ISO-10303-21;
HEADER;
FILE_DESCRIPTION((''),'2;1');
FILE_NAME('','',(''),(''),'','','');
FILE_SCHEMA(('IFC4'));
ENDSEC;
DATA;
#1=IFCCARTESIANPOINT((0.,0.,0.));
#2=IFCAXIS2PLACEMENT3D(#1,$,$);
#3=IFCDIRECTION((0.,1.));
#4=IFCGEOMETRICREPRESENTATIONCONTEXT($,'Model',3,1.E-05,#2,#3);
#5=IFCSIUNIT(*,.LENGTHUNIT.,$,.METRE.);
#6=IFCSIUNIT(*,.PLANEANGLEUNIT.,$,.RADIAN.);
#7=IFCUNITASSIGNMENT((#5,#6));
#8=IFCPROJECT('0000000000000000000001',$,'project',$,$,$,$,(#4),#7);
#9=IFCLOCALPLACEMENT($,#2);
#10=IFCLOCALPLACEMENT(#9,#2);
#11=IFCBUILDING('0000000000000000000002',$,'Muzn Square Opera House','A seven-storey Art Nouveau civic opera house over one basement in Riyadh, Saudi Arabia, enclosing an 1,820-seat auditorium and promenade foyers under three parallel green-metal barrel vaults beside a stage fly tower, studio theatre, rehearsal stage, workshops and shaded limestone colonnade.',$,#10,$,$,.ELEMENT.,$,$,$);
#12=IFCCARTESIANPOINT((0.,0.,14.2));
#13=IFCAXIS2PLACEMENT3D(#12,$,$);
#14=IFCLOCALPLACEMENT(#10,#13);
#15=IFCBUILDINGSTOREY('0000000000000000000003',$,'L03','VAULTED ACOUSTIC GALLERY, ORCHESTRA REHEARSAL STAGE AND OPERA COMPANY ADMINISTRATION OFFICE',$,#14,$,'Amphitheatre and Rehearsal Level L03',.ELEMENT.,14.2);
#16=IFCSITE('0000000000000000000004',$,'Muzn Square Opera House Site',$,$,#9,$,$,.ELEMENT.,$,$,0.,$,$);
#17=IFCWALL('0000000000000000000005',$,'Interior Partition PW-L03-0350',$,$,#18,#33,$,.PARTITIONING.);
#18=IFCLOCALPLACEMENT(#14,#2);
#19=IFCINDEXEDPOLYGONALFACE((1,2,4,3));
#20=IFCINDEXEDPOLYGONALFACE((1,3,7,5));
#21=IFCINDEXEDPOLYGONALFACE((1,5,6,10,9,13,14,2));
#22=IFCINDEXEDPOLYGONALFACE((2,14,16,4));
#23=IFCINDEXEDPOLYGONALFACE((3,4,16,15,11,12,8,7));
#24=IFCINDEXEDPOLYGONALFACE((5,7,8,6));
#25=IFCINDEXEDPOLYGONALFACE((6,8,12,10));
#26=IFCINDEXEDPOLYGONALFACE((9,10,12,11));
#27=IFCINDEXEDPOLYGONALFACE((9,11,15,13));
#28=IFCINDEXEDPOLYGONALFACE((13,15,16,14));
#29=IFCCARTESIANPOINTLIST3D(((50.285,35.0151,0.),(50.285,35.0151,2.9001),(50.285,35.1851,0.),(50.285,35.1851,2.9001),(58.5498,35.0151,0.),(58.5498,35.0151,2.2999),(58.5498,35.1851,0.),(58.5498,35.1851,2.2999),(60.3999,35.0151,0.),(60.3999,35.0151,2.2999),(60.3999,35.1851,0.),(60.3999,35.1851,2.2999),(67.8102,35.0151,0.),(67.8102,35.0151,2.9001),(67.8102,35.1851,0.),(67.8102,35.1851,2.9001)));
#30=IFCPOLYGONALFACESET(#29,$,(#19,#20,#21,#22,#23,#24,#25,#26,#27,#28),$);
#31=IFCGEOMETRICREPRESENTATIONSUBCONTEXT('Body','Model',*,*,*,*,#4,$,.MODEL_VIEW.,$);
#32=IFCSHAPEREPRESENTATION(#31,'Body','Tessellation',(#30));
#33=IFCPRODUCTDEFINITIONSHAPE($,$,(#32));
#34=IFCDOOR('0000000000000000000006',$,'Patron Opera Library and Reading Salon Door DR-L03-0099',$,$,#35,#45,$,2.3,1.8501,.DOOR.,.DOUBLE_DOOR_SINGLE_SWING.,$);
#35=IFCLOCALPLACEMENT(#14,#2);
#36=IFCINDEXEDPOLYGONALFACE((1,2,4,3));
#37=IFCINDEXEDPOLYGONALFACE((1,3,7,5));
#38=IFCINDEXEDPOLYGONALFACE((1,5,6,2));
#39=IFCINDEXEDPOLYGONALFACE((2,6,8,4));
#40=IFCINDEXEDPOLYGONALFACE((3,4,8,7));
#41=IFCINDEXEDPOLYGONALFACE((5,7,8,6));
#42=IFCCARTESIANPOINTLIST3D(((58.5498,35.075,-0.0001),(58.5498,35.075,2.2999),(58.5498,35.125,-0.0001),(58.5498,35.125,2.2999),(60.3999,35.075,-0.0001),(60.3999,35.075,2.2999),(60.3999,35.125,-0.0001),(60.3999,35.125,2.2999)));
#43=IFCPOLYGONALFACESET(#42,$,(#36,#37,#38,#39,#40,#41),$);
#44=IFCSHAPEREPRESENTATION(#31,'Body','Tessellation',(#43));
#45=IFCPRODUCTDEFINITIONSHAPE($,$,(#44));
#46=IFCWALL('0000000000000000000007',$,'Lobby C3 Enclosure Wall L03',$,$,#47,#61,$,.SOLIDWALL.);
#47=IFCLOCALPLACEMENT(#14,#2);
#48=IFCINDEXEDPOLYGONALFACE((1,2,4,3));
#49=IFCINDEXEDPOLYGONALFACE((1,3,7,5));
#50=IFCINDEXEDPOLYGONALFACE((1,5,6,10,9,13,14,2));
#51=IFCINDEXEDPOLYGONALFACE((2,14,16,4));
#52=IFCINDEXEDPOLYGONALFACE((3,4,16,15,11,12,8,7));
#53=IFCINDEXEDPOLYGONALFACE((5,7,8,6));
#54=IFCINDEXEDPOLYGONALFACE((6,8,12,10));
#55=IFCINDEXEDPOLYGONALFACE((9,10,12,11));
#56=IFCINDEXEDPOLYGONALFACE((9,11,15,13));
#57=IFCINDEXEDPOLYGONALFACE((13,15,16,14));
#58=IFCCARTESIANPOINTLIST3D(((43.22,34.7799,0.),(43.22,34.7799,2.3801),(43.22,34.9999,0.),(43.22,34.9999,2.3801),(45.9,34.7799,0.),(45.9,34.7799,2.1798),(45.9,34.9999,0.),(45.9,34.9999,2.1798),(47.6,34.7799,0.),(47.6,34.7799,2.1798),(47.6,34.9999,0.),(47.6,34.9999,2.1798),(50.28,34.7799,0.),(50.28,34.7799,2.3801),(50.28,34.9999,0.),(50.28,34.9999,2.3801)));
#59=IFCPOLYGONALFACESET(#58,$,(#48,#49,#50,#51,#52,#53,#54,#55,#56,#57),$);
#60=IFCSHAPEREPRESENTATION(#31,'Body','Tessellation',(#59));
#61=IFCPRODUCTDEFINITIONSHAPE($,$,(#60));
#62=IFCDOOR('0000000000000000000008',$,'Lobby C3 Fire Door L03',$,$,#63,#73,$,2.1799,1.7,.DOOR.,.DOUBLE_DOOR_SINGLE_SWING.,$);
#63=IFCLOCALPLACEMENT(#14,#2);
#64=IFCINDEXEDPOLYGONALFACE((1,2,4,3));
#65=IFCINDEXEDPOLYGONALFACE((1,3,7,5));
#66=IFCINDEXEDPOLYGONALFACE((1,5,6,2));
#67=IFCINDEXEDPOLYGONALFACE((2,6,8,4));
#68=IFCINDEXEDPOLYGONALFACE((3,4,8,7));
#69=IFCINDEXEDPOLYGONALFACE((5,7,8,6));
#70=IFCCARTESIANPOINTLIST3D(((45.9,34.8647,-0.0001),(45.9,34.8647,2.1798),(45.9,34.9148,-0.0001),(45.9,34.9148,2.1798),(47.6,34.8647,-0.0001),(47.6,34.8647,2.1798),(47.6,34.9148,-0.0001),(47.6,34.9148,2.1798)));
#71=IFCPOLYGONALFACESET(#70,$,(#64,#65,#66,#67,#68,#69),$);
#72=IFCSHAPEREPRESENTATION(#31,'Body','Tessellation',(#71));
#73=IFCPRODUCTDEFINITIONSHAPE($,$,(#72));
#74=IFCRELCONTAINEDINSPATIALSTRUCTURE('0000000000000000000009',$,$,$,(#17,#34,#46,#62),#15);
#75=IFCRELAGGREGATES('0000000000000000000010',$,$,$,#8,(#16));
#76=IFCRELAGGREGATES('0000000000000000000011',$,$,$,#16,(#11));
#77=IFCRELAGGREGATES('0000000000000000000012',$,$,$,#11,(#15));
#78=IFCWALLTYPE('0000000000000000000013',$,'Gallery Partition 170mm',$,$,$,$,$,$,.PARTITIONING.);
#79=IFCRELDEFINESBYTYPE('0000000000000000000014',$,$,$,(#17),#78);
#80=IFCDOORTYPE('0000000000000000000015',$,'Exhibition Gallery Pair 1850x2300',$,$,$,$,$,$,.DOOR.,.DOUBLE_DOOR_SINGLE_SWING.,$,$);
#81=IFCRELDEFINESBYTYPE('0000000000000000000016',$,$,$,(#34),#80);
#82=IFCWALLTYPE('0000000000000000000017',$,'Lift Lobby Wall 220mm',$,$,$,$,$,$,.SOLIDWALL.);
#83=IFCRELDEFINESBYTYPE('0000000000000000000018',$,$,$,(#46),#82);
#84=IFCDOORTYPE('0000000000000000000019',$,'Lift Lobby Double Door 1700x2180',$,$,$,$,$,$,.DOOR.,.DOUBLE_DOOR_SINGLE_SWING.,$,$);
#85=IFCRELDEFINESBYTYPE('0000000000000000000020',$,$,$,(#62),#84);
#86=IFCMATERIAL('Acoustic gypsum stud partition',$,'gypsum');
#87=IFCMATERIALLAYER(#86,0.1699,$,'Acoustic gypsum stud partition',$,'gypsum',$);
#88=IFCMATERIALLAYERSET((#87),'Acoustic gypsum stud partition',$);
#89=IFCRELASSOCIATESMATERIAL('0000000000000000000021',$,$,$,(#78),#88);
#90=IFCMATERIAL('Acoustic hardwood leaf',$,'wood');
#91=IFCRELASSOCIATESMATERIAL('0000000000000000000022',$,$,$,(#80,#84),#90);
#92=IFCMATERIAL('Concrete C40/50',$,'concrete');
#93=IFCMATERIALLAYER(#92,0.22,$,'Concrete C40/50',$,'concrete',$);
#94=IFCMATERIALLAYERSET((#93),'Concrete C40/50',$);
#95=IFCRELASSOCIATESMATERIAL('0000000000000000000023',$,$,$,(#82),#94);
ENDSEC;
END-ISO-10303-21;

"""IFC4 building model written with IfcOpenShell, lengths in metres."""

from ifc_helpers import new_model, si_unit, direction, frame, frame_2d, origin, place, context, subcontext, project, spatial, rectangle, extrude, material, layer, layer_set, type_object, element, fill, save


model = new_model("IFC4")

# Units and contexts
model_context = context("Model", 3, precision=1e-05, world=origin(), true_north=direction((0.0, 1.0)))
body_context = subcontext(model_context, "Body", "Model", "MODEL_VIEW")
ifc_project = project(units=[si_unit("LENGTHUNIT", "METRE"), si_unit("PLANEANGLEUNIT", "RADIAN")], contexts=[model_context])

# Site, building, storey
site_placement = place(None, origin())
site = spatial("IfcSite", under=ifc_project, at=site_placement, Name="Muzn Square Opera House Site", CompositionType="ELEMENT", RefElevation=0.0)
building_placement = place(site_placement, origin())
building = spatial("IfcBuilding", under=site, at=building_placement, Name="Muzn Square Opera House", Description="A seven-storey Art Nouveau civic opera house over one basement in Riyadh, Saudi Arabia, enclosing an 1,820-seat auditorium and promenade foyers under three parallel green-metal barrel vaults beside a stage fly tower, studio theatre, rehearsal stage, workshops and shaded limestone colonnade.", CompositionType="ELEMENT")
storey_placement = place(building_placement, frame((0.0, 0.0, 14.2)))
storey = spatial("IfcBuildingStorey", under=building, at=storey_placement, Name="L03", Description="VAULTED ACOUSTIC GALLERY, ORCHESTRA REHEARSAL STAGE AND OPERA COMPANY ADMINISTRATION OFFICE", LongName="Amphitheatre and Rehearsal Level L03", CompositionType="ELEMENT", Elevation=14.2)

# Shared definitions
ifc_material_1 = material(Name="Concrete C40/50", Category="concrete")

# Walls, openings, doors
ifc_material_2 = material(Name="Acoustic gypsum stud partition", Category="gypsum")
ifc_layer_1 = layer(ifc_material_2, 0.1699, Name="Acoustic gypsum stud partition", Category="gypsum")
ifc_layer_set_1 = layer_set([ifc_layer_1], Name="Acoustic gypsum stud partition")
wall_type_1 = type_object("IfcWallType", Name="Gallery Partition 170mm", PredefinedType="PARTITIONING", material=ifc_layer_set_1)
wall_1_placement = place(storey_placement, frame((50.2849, 35.1001, 0.0), z_axis=(0.0, 0.0, 1.0), x_axis=(1.0, 0.0, 0.0)))
wall_1 = element("IfcWall", 1, at=wall_1_placement, inside=storey, type_object=wall_type_1, Name="Interior Partition PW-L03-0350", PredefinedType="PARTITIONING", context=body_context, shape_type="SweptSolid", body=[
    extrude(rectangle(XDim=17.5251, YDim=0.1699, at=frame_2d((8.7627, 0.0))), origin(), (0.0, 0.0, 1.0), 2.9001),
])
opening_1_placement = place(wall_1_placement, frame((8.2649, 0.0, 0.0)))
opening_1 = element("IfcOpeningElement", 2, at=opening_1_placement, cuts=wall_1, PredefinedType="OPENING", context=body_context, shape_type="SweptSolid", body=[
    extrude(rectangle(XDim=1.8501, YDim=2.3, at=frame_2d((0.925, 1.1499))), frame((0.0, 0.095, 0.0), z_axis=(0.0, -1.0, 0.0), x_axis=(1.0, 0.0, 0.0)), (0.0, 0.0, 1.0), 0.1899),
])
ifc_material_3 = material(Name="Acoustic hardwood leaf", Category="wood")
door_type_1 = type_object("IfcDoorType", Name="Exhibition Gallery Pair 1850x2300", OperationType="DOUBLE_DOOR_SINGLE_SWING", PredefinedType="DOOR", material=ifc_material_3)
door_1_placement = place(opening_1_placement, origin())
door_1 = element("IfcDoor", 3, at=door_1_placement, inside=storey, type_object=door_type_1, Name="Patron Opera Library and Reading Salon Door DR-L03-0099", OperationType="DOUBLE_DOOR_SINGLE_SWING", OverallHeight=2.3, OverallWidth=1.8501, PredefinedType="DOOR", context=body_context, shape_type="SweptSolid", body=[
    extrude(rectangle(XDim=1.8501, YDim=2.3, at=frame_2d((0.925, 1.1499))), frame((0.0, 0.0249, 0.0), z_axis=(0.0, -1.0, 0.0), x_axis=(1.0, 0.0, 0.0)), (0.0, 0.0, 1.0), 0.05),
])
fill(opening_1, door_1)
ifc_layer_2 = layer(ifc_material_1, 0.22, Name="Concrete C40/50", Category="concrete")
ifc_layer_set_2 = layer_set([ifc_layer_2], Name="Concrete C40/50")
wall_type_2 = type_object("IfcWallType", Name="Lift Lobby Wall 220mm", PredefinedType="SOLIDWALL", material=ifc_layer_set_2)
wall_2_placement = place(storey_placement, frame((43.22, 34.8899, 0.0), z_axis=(0.0, 0.0, 1.0), x_axis=(1.0, 0.0, 0.0)))
wall_2 = element("IfcWall", 4, at=wall_2_placement, inside=storey, type_object=wall_type_2, Name="Lobby C3 Enclosure Wall L03", PredefinedType="SOLIDWALL", context=body_context, shape_type="SweptSolid", body=[
    extrude(rectangle(XDim=7.0601, YDim=0.22, at=frame_2d((3.53, 0.0))), origin(), (0.0, 0.0, 1.0), 2.3801),
])
opening_2_placement = place(wall_2_placement, frame((2.6799, 0.0, 0.0)))
opening_2 = element("IfcOpeningElement", 5, at=opening_2_placement, cuts=wall_2, PredefinedType="OPENING", context=body_context, shape_type="SweptSolid", body=[
    extrude(rectangle(XDim=1.7, YDim=2.1799, at=frame_2d((0.8501, 1.0898))), frame((0.0, 0.1199, 0.0), z_axis=(0.0, -1.0, 0.0), x_axis=(1.0, 0.0, 0.0)), (0.0, 0.0, 1.0), 0.24),
])
door_type_2 = type_object("IfcDoorType", Name="Lift Lobby Double Door 1700x2180", OperationType="DOUBLE_DOOR_SINGLE_SWING", PredefinedType="DOOR", material=ifc_material_3)
door_2_placement = place(opening_2_placement, origin())
door_2 = element("IfcDoor", 6, at=door_2_placement, inside=storey, type_object=door_type_2, Name="Lobby C3 Fire Door L03", OperationType="DOUBLE_DOOR_SINGLE_SWING", OverallHeight=2.1799, OverallWidth=1.7, PredefinedType="DOOR", context=body_context, shape_type="SweptSolid", body=[
    extrude(rectangle(XDim=1.7, YDim=2.1799, at=frame_2d((0.8501, 1.0898))), frame((0.0, 0.0249, 0.0), z_axis=(0.0, -1.0, 0.0), x_axis=(1.0, 0.0, 0.0)), (0.0, 0.0, 1.0), 0.05),
])
fill(opening_2, door_2)

save(model, "model.ifc")
